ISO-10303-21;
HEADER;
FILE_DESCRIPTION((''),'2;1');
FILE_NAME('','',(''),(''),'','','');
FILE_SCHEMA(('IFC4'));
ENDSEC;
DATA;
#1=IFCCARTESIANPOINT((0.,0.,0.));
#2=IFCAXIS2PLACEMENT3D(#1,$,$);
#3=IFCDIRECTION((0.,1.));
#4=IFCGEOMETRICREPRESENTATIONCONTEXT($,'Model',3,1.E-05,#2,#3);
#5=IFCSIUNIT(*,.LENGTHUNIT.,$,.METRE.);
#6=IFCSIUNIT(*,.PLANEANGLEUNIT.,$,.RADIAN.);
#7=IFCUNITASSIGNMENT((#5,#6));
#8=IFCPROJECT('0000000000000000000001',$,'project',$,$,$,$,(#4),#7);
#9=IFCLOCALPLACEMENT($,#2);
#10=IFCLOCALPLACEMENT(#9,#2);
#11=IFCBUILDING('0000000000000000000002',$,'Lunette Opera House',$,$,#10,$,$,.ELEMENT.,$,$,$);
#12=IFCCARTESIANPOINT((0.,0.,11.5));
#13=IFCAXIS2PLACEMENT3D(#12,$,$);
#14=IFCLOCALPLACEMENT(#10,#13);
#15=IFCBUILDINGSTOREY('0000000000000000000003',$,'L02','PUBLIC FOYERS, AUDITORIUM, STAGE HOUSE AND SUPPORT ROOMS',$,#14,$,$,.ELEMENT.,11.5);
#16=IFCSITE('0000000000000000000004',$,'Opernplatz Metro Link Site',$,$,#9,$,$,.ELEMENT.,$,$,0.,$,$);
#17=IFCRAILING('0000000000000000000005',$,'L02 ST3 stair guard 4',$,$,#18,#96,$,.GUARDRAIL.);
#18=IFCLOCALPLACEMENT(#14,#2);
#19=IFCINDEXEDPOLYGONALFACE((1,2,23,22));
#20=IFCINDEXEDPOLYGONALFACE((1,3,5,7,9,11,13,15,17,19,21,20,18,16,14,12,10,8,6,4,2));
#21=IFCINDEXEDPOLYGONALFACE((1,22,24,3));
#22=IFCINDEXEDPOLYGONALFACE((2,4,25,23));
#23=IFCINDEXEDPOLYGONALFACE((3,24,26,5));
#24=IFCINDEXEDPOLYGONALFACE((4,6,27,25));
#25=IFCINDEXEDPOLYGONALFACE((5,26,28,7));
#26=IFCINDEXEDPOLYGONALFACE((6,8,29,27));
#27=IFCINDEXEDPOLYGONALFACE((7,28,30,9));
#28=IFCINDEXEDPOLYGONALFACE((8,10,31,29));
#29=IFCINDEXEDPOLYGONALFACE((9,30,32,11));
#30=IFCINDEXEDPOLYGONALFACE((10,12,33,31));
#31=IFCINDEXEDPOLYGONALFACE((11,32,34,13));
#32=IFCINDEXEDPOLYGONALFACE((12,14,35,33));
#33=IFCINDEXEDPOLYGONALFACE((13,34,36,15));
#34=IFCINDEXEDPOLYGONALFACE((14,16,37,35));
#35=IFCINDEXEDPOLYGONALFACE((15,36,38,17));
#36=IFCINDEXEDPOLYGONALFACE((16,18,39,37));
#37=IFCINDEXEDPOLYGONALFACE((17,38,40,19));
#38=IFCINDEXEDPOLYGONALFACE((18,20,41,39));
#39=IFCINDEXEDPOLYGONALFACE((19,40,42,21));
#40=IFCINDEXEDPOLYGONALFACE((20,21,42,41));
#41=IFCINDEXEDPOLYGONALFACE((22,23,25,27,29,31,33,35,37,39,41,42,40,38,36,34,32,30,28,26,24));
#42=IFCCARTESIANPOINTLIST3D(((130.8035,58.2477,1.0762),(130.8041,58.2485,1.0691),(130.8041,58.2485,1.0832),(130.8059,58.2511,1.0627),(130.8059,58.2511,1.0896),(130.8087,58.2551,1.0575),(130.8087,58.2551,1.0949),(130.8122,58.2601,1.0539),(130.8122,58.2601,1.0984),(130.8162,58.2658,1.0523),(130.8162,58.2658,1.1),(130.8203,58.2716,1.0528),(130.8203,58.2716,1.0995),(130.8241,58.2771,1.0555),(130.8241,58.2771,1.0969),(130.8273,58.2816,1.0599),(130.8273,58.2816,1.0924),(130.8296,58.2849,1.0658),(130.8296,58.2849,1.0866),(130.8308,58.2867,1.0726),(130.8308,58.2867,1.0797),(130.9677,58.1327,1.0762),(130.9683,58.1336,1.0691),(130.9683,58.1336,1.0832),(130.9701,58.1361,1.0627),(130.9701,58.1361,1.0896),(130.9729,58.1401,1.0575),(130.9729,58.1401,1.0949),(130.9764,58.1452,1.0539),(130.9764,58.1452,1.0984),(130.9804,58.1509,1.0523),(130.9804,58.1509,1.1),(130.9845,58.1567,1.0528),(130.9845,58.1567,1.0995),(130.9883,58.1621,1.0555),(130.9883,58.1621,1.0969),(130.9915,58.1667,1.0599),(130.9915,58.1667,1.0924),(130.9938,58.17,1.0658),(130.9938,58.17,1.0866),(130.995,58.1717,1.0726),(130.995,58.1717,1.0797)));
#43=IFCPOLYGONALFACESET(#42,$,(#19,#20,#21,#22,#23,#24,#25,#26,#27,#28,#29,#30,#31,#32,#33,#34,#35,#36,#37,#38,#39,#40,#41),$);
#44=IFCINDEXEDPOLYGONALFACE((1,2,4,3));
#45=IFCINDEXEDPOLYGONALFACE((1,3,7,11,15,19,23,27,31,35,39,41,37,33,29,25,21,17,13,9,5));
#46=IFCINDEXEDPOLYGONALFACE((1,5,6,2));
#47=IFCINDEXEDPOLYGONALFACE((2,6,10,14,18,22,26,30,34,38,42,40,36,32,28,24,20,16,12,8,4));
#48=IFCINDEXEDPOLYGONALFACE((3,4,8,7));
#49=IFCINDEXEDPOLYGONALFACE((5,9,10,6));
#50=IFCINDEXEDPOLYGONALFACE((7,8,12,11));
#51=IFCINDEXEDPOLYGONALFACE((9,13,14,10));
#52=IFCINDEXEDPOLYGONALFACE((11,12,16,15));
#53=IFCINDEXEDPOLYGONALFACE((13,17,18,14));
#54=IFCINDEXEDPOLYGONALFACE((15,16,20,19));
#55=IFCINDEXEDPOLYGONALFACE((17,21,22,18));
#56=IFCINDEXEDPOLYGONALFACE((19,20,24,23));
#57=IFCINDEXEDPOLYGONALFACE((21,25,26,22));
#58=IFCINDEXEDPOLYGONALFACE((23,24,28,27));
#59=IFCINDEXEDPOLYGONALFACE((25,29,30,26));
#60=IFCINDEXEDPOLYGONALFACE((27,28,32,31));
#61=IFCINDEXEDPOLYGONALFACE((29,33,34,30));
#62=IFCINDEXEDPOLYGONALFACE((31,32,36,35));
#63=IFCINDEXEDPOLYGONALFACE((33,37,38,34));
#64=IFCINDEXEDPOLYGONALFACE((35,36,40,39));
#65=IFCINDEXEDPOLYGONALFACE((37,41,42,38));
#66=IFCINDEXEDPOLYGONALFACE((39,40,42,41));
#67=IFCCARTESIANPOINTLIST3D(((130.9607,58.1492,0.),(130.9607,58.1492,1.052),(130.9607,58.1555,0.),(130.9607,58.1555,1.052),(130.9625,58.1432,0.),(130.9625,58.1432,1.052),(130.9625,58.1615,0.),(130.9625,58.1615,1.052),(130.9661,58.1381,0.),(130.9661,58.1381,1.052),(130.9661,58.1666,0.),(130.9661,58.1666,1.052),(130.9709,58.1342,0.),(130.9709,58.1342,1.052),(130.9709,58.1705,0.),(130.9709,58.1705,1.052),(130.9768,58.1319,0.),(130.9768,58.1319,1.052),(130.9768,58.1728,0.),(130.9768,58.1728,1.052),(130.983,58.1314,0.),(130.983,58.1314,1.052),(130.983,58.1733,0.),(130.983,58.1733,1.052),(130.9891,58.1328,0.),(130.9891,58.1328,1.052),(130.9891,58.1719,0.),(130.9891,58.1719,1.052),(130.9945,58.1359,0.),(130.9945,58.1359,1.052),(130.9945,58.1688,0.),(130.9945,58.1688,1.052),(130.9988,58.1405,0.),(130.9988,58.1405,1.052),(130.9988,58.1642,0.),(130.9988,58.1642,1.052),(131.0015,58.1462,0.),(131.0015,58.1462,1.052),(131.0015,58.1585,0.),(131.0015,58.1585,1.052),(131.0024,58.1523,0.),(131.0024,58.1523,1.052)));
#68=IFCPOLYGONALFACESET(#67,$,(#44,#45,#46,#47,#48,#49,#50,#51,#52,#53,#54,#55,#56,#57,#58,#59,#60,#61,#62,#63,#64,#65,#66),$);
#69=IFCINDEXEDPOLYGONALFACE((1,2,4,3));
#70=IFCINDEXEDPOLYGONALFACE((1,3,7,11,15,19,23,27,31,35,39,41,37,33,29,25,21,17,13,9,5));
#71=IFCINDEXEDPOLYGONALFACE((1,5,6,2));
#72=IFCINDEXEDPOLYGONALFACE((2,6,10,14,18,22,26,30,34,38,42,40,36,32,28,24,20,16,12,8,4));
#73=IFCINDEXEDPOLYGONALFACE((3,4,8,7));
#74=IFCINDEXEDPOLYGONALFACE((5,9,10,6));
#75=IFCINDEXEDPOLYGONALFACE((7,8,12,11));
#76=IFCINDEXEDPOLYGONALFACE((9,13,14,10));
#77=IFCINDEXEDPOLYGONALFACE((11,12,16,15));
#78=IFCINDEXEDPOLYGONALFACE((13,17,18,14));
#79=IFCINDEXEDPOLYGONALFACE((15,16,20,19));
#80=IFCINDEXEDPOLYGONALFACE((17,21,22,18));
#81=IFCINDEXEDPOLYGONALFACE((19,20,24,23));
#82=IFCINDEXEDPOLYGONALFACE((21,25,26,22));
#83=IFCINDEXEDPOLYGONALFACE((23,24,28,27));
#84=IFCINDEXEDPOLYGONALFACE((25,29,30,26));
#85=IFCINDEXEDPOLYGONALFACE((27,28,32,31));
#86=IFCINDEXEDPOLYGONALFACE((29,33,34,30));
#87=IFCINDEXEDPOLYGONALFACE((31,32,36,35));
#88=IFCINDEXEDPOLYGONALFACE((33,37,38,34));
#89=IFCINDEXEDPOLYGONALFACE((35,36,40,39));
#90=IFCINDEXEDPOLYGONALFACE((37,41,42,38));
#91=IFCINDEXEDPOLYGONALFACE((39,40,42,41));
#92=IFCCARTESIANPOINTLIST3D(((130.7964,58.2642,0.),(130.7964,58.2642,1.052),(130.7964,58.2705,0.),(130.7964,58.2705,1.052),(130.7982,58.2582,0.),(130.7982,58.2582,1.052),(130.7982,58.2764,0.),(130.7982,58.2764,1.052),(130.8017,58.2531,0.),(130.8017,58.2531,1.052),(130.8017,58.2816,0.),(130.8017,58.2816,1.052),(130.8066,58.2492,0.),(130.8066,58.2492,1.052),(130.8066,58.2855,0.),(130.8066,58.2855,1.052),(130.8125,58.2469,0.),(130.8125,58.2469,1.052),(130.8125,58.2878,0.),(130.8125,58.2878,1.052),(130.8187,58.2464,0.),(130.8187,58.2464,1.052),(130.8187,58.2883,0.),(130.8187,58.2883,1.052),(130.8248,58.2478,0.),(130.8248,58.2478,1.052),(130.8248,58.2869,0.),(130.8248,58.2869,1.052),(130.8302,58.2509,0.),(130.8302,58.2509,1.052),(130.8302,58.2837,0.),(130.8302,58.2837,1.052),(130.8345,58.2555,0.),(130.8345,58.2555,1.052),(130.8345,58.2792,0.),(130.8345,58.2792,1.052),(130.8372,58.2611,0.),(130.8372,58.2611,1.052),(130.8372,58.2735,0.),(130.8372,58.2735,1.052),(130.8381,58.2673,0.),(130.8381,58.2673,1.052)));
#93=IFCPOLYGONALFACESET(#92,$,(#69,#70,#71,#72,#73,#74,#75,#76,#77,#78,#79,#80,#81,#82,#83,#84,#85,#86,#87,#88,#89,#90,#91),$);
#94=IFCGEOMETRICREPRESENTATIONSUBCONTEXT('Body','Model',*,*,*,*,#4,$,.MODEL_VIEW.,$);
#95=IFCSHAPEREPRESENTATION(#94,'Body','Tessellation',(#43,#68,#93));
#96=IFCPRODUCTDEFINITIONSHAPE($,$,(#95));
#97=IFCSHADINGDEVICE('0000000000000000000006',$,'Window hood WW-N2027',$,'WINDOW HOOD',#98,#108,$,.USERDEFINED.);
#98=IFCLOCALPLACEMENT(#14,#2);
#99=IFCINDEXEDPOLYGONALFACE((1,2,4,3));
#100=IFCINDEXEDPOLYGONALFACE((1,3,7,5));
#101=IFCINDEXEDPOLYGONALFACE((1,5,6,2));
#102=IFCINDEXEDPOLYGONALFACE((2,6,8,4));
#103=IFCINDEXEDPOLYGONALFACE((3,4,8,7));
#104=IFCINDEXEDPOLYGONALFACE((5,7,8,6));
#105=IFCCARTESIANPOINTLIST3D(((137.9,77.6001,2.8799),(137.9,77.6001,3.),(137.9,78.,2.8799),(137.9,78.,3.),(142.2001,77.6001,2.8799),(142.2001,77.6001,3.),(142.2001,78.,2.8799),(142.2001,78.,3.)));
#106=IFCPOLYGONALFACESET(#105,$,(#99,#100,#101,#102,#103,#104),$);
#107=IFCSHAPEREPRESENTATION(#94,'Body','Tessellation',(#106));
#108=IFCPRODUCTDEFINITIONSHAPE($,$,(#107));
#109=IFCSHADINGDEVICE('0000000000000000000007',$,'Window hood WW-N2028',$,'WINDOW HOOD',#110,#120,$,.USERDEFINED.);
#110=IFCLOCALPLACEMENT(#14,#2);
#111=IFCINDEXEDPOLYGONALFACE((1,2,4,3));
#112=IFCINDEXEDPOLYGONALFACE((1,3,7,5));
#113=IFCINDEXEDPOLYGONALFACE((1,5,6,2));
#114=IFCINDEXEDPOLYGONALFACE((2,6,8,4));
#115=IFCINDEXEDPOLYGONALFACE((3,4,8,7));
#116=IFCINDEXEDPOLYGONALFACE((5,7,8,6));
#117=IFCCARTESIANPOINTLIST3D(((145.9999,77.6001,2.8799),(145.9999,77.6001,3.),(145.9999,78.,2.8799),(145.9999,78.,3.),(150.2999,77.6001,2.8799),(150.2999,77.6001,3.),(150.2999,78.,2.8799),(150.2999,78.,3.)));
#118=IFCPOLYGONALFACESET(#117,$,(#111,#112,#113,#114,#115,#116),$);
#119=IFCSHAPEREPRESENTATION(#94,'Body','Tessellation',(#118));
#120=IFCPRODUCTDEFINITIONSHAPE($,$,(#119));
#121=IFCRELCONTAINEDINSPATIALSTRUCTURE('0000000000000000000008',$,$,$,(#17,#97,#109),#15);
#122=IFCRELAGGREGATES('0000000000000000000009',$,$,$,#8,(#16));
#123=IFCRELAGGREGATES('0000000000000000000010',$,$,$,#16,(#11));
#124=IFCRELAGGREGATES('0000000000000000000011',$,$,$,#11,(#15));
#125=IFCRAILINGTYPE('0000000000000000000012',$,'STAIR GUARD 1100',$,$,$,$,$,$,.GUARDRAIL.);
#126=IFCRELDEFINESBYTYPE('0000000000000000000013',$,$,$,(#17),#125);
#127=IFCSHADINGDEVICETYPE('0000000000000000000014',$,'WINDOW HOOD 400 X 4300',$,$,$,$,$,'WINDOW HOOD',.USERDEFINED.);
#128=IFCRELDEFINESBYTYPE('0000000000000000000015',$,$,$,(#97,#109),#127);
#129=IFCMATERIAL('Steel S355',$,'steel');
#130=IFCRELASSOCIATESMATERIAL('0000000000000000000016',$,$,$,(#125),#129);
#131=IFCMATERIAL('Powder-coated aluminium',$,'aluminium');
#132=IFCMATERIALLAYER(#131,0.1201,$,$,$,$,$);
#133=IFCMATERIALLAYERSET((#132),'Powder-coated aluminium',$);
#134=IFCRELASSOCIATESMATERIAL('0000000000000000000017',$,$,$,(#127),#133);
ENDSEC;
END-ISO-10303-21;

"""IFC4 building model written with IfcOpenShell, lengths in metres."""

from ifc_helpers import new_model, si_unit, direction, frame, origin, origin_2d, place, context, subcontext, project, spatial, rectangle, circle, extrude, material, layer, layer_set, type_object, element, save


model = new_model("IFC4")

# Units and contexts
model_context = context("Model", 3, precision=1e-05, world=origin(), true_north=direction((0.0, 1.0)))
body_context = subcontext(model_context, "Body", "Model", "MODEL_VIEW")
ifc_project = project(units=[si_unit("LENGTHUNIT", "METRE"), si_unit("PLANEANGLEUNIT", "RADIAN")], contexts=[model_context])

# Site, building, storey
site_placement = place(None, origin())
site = spatial("IfcSite", under=ifc_project, at=site_placement, Name="Opernplatz Metro Link Site", CompositionType="ELEMENT", RefElevation=0.0)
building_placement = place(site_placement, origin())
building = spatial("IfcBuilding", under=site, at=building_placement, Name="Lunette Opera House", CompositionType="ELEMENT")
storey_placement = place(building_placement, frame((0.0, 0.0, 11.5)))
storey = spatial("IfcBuildingStorey", under=building, at=storey_placement, Name="L02", Description="PUBLIC FOYERS, AUDITORIUM, STAGE HOUSE AND SUPPORT ROOMS", CompositionType="ELEMENT", Elevation=11.5)

# Railing
ifc_material_1 = material(Name="Steel S355", Category="steel")
railing_type_1 = type_object("IfcRailingType", Name="STAIR GUARD 1100", PredefinedType="GUARDRAIL", material=ifc_material_1)
railing_1_placement = place(storey_placement, frame((130.9814, 58.1523, 0.0)))
element("IfcRailing", 1, at=railing_1_placement, inside=storey, type_object=railing_type_1, Name="L02 ST3 stair guard 4", PredefinedType="GUARDRAIL", context=body_context, shape_type="SweptSolid", body=[
    extrude(circle(Radius=0.0239, at=origin_2d()), frame((0.0, 0.0, 1.0762), z_axis=(-0.819289, 0.573381, 0.0), x_axis=(-0.573381, -0.819289, 0.0)), (0.0, 0.0, 1.0), 0.2004),
    extrude(circle(Radius=0.021, at=origin_2d()), origin(), (0.0, 0.0, 1.0), 1.052),
    extrude(circle(Radius=0.021, at=origin_2d()), frame((-0.1643, 0.115, 0.0)), (0.0, 0.0, 1.0), 1.052),
])

# Shading devices
ifc_material_2 = material(Name="Powder-coated aluminium", Category="aluminium")
ifc_layer_1 = layer(ifc_material_2, 0.1201)
ifc_layer_set_1 = layer_set([ifc_layer_1], Name="Powder-coated aluminium")
shading_device_type = type_object("IfcShadingDeviceType", Name="WINDOW HOOD 400 X 4300", ElementType="WINDOW HOOD", PredefinedType="USERDEFINED", material=ifc_layer_set_1)
for number, where, z_axis, x_axis, name in (
    (2, (140.05, 77.8, 2.8799), (0.0, 0.0, 1.0), (0.0, -1.0, 0.0), "Window hood WW-N2027"),
    (3, (148.1499, 77.8, 2.8799), (0.0, 0.0, 1.0), (0.0, -1.0, 0.0), "Window hood WW-N2028"),
):
    element("IfcShadingDevice", number, at=place(storey_placement, frame(where, z_axis=z_axis, x_axis=x_axis)), inside=storey, type_object=shading_device_type, Name=name, ObjectType="WINDOW HOOD", PredefinedType="USERDEFINED", context=body_context, shape_type="SweptSolid", body=[
        extrude(rectangle(XDim=0.3999, YDim=4.3, at=origin_2d()), origin(), (0.0, 0.0, 1.0), 0.1201),
    ])

save(model, "model.ifc")
